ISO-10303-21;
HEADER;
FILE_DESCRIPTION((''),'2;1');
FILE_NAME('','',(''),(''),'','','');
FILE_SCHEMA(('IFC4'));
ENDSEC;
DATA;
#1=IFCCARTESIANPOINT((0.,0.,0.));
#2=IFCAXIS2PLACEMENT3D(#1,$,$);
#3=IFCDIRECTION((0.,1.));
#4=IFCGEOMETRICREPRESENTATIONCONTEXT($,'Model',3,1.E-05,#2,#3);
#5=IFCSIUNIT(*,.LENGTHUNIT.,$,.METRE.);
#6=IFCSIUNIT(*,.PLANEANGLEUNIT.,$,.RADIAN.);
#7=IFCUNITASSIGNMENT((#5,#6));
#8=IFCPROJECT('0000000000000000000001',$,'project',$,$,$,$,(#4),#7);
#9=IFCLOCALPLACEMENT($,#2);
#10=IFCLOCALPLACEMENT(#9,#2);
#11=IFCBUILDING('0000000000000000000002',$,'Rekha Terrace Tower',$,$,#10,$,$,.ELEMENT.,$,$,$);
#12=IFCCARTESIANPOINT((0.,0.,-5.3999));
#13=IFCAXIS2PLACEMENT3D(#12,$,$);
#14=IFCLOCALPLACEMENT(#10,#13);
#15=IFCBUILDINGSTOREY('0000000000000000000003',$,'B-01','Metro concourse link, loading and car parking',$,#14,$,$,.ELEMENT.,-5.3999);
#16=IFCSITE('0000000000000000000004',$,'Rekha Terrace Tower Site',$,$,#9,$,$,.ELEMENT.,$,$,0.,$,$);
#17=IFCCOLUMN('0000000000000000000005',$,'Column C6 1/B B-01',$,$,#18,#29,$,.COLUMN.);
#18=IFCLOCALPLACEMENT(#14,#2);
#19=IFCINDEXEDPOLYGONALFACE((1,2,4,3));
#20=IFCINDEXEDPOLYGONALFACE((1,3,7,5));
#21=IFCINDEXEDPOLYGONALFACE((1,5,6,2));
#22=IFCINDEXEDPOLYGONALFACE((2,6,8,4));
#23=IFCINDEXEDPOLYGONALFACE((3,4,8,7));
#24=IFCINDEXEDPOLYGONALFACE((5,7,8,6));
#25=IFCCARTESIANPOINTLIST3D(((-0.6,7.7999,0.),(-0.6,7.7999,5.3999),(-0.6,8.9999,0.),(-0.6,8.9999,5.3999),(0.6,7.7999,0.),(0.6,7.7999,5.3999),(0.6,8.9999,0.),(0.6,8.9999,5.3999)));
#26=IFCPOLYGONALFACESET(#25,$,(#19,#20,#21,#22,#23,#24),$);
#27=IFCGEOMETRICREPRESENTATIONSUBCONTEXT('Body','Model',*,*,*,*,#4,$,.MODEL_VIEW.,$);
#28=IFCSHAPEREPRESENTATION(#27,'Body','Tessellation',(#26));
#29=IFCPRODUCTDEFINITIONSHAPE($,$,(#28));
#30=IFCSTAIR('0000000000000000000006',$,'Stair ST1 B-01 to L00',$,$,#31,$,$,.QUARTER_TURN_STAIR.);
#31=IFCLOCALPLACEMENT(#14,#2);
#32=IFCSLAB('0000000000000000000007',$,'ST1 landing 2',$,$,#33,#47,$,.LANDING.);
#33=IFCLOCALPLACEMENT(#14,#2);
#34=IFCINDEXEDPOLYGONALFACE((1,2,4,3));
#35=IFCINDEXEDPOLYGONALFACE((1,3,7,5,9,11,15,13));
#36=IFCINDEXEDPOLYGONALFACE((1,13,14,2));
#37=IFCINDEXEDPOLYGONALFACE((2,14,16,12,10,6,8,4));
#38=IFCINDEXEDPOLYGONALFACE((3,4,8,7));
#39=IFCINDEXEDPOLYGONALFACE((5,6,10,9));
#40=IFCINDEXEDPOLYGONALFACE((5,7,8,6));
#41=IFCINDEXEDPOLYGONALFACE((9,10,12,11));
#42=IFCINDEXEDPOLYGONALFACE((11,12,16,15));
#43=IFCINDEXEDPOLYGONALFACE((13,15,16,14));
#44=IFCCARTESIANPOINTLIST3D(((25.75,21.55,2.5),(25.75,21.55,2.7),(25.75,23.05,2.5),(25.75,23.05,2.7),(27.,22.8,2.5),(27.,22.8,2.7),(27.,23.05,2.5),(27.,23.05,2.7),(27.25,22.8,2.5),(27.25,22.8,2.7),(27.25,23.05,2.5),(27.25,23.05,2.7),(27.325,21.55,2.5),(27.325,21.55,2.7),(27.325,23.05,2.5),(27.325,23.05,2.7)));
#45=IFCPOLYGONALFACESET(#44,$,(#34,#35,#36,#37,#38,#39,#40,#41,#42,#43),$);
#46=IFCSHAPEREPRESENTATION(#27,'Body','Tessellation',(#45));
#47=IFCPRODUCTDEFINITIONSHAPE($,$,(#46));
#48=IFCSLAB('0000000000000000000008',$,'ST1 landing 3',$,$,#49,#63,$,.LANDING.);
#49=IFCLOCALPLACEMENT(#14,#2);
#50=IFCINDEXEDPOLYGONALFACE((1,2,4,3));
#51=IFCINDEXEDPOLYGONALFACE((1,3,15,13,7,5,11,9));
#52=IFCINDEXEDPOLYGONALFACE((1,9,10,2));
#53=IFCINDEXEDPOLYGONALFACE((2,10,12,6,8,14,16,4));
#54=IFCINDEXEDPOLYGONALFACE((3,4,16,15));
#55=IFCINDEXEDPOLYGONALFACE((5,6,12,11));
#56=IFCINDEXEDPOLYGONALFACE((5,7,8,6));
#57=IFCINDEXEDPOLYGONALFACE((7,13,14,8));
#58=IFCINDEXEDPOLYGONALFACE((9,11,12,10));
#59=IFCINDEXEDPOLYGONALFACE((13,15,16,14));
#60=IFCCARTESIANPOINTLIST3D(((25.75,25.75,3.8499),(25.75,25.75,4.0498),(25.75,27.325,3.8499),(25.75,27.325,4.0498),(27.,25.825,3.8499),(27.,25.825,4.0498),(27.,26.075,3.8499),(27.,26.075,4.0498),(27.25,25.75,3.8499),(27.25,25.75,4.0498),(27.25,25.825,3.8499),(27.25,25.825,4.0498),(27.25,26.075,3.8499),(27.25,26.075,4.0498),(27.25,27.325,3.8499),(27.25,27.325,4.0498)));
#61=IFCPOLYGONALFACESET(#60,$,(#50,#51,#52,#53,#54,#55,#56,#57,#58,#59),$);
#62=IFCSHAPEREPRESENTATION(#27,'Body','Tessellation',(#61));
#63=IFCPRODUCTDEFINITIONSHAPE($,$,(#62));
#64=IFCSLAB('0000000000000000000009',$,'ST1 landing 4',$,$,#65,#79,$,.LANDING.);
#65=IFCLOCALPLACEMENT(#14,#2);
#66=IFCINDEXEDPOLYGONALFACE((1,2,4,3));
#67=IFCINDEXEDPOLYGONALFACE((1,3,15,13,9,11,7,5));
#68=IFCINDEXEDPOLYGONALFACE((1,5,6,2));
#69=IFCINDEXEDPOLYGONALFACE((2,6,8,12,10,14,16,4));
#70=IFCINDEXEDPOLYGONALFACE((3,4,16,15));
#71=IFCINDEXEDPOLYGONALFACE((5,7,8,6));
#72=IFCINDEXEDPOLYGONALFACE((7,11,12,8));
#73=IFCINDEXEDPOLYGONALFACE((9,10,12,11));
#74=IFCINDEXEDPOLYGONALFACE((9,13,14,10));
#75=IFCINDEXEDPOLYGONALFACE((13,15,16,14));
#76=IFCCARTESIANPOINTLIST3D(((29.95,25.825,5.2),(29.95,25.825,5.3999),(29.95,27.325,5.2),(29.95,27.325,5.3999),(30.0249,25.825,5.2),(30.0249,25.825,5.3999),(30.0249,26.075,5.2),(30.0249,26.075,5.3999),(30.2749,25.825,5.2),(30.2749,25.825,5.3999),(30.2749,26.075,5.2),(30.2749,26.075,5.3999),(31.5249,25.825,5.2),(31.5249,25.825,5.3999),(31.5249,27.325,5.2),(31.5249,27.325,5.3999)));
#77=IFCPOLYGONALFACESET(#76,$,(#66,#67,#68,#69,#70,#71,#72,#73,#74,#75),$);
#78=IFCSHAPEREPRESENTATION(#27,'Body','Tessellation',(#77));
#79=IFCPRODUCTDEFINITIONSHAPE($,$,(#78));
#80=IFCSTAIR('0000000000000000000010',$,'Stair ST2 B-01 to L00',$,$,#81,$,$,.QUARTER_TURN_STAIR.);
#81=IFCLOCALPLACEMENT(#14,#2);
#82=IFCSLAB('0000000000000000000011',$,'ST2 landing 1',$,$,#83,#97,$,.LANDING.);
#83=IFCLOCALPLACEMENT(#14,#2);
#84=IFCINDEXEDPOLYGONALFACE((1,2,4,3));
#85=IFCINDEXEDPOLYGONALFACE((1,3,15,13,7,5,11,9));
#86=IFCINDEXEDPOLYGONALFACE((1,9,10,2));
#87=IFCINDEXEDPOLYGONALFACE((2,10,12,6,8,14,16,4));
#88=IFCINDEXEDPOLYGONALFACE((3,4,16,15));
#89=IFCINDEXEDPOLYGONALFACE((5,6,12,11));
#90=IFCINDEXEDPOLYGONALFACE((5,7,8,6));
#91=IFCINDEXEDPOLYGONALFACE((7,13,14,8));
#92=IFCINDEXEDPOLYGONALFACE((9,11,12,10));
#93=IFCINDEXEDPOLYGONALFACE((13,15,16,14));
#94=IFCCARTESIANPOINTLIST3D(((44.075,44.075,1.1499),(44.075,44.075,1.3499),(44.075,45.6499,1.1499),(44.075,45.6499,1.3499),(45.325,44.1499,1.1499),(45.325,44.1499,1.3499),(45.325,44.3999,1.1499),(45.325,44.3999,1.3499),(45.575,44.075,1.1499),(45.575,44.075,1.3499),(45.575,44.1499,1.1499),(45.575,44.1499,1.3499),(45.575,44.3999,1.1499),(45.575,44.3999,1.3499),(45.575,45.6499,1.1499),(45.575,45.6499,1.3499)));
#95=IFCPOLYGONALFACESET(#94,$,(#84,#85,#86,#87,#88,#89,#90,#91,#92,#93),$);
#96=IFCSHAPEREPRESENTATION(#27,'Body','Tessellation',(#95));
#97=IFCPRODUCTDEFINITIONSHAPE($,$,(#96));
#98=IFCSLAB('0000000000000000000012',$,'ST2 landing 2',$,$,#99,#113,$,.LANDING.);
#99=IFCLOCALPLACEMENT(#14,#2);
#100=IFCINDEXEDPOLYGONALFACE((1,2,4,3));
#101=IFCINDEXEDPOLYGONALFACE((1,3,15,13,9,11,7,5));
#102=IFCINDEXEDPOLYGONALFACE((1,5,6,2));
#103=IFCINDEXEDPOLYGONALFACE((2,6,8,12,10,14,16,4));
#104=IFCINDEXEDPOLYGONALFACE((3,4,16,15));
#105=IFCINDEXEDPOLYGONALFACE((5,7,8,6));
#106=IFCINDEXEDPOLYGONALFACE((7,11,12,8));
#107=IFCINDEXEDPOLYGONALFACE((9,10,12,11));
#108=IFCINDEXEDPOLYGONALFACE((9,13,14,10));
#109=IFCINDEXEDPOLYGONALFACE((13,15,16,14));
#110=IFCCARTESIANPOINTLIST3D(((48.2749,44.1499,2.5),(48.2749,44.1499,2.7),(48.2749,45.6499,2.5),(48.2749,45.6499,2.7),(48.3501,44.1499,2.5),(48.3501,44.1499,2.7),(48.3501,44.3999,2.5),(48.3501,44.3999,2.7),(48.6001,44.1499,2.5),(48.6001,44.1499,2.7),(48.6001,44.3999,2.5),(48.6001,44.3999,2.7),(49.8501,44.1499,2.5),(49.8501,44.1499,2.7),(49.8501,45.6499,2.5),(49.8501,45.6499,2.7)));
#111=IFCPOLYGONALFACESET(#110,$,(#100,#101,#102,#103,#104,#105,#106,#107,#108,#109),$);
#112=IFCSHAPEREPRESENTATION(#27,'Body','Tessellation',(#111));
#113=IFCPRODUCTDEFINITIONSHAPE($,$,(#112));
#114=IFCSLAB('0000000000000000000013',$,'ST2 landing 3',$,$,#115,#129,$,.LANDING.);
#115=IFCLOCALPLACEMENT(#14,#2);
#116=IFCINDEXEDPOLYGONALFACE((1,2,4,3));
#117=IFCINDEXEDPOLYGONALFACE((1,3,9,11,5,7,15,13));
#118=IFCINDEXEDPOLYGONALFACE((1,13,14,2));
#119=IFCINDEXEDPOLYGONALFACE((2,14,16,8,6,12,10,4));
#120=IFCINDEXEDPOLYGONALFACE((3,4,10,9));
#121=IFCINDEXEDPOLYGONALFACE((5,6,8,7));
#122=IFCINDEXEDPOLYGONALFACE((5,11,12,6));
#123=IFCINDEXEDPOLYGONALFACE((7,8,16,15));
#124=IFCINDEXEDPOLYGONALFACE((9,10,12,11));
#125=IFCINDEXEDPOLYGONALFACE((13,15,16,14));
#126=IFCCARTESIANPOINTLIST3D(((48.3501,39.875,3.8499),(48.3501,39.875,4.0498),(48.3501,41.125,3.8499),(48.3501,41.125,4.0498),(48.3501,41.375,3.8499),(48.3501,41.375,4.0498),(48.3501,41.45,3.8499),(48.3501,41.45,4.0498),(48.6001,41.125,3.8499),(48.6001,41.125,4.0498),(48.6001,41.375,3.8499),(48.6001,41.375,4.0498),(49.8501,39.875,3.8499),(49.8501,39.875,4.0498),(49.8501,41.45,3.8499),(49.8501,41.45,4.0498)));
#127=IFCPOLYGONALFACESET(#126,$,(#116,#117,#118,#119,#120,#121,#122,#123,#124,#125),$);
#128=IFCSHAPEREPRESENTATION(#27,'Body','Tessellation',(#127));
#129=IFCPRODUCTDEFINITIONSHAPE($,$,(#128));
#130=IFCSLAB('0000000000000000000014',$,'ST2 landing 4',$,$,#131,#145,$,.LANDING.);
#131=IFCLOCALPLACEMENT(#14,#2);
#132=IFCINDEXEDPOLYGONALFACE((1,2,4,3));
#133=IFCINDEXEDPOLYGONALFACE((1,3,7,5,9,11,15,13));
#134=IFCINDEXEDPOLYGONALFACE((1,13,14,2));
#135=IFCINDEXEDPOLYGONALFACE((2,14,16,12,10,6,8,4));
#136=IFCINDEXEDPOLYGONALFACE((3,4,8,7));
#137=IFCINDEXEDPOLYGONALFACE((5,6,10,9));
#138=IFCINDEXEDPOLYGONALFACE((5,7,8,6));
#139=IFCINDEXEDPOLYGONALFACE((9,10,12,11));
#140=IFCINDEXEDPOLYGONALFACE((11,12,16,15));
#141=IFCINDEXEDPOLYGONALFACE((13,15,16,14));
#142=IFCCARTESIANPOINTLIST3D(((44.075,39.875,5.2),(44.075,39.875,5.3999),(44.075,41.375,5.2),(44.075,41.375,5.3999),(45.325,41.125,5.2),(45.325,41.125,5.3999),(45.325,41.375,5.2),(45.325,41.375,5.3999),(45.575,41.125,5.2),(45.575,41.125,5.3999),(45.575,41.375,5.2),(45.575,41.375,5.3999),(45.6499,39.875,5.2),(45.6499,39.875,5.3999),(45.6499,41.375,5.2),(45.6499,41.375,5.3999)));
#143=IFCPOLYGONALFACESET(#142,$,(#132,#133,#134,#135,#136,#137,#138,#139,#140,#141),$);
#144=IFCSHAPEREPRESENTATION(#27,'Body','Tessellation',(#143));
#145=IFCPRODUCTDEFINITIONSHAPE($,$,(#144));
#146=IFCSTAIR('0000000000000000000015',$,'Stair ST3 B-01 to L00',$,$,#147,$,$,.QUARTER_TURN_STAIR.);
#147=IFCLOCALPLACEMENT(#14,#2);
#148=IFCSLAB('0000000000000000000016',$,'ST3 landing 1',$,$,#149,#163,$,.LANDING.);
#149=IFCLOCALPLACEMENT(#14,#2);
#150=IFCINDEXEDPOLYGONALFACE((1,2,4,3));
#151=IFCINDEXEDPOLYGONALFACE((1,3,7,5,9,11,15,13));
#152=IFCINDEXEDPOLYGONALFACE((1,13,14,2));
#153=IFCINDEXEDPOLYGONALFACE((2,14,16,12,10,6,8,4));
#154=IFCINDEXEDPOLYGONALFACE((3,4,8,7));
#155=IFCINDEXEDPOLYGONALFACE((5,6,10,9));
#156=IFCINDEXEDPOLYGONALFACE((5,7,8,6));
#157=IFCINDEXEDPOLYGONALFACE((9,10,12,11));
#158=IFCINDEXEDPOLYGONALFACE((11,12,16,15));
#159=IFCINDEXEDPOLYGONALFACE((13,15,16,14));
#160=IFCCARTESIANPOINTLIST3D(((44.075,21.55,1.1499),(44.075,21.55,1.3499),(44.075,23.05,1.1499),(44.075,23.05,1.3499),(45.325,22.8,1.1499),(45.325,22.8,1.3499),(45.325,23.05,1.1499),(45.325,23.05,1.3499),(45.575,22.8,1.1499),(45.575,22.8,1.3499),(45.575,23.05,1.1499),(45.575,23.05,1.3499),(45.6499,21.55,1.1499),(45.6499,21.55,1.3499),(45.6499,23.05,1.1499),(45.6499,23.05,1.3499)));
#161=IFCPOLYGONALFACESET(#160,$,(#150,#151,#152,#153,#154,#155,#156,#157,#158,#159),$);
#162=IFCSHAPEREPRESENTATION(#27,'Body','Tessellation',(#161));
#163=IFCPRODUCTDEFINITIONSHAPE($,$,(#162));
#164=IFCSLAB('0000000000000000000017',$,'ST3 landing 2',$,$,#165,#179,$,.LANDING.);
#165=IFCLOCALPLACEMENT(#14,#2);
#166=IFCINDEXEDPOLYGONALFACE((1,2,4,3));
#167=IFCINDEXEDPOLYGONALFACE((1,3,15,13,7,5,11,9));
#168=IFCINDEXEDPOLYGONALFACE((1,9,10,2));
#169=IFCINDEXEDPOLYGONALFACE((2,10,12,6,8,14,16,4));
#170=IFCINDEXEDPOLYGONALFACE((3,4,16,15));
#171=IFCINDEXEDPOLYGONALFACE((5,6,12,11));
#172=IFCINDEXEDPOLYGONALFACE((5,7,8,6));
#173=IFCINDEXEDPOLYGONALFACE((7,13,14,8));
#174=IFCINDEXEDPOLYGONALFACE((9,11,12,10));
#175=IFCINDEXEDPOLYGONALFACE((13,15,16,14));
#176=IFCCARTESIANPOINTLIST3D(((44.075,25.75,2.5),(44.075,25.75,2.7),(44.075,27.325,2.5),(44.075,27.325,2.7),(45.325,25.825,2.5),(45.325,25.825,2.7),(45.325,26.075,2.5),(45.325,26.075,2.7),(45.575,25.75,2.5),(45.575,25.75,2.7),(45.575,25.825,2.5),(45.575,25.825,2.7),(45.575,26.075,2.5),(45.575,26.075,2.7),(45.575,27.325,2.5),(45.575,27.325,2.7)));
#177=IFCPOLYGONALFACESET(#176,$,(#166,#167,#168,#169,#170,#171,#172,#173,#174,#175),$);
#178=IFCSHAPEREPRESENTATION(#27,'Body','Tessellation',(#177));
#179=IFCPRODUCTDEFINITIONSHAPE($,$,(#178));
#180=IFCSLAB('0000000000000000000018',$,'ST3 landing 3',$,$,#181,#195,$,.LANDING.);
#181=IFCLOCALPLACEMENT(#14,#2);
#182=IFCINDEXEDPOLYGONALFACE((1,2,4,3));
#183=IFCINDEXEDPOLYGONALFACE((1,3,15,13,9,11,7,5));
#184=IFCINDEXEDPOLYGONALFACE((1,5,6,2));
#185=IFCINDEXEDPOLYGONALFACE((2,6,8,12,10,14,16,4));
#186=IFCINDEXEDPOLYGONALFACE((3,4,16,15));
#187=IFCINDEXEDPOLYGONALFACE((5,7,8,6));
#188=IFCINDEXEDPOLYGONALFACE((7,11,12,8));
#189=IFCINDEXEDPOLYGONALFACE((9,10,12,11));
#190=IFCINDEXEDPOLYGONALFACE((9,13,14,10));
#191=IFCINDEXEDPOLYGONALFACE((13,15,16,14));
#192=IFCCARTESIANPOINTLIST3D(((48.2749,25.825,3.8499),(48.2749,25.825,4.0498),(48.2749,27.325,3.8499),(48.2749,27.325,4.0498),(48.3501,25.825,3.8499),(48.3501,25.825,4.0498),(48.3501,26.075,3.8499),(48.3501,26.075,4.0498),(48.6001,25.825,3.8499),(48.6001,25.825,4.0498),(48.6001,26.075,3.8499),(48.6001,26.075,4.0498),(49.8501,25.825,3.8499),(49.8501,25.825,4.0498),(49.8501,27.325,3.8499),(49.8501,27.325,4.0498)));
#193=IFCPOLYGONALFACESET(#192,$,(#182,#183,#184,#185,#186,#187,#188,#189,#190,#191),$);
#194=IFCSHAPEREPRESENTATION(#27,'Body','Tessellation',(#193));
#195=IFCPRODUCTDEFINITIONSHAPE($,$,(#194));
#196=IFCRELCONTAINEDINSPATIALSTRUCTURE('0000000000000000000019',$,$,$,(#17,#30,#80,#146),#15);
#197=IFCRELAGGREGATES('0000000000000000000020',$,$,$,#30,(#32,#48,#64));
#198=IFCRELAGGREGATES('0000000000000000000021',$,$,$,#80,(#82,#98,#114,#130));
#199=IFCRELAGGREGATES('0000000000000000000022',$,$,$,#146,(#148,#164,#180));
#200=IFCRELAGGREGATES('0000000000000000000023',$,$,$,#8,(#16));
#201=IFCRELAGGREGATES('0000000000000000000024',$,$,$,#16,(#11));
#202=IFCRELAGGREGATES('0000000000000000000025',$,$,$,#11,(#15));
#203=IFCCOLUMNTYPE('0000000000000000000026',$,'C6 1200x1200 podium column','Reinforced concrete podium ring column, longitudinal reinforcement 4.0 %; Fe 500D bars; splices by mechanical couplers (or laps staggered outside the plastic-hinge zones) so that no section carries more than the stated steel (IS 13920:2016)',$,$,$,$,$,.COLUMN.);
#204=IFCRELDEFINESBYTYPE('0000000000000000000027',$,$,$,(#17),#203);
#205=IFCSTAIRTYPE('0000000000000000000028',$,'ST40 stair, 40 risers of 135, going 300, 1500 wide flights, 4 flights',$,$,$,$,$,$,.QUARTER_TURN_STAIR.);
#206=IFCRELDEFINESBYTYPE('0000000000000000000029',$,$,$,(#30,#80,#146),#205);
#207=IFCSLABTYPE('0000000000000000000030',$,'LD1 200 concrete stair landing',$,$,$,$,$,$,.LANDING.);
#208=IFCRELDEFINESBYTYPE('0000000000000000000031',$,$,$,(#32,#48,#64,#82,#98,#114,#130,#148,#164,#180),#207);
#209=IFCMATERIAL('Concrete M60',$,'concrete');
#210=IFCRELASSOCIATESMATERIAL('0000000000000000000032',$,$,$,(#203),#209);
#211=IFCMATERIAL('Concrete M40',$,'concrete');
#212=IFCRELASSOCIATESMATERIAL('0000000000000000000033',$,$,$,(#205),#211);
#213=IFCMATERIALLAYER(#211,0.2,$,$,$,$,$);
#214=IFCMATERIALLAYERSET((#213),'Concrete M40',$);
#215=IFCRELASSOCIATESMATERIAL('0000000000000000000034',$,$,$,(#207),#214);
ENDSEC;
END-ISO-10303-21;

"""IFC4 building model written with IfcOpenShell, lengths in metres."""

from ifc_helpers import new_model, si_unit, direction, frame, origin, origin_2d, place, context, subcontext, project, spatial, polyline, rectangle, outline, extrude, material, layer, layer_set, material_profile, profile_set, type_object, element, aggregate, save


model = new_model("IFC4")

# Units and contexts
model_context = context("Model", 3, precision=1e-05, world=origin(), true_north=direction((0.0, 1.0)))
body_context = subcontext(model_context, "Body", "Model", "MODEL_VIEW")
ifc_project = project(units=[si_unit("LENGTHUNIT", "METRE"), si_unit("PLANEANGLEUNIT", "RADIAN")], contexts=[model_context])

# Site, building, storey
site_placement = place(None, origin())
site = spatial("IfcSite", under=ifc_project, at=site_placement, Name="Rekha Terrace Tower Site", CompositionType="ELEMENT", RefElevation=0.0)
building_placement = place(site_placement, origin())
building = spatial("IfcBuilding", under=site, at=building_placement, Name="Rekha Terrace Tower", CompositionType="ELEMENT")
storey_placement = place(building_placement, frame((0.0, 0.0, -5.3999)))
storey = spatial("IfcBuildingStorey", under=building, at=storey_placement, Name="B-01", Description="Metro concourse link, loading and car parking", CompositionType="ELEMENT", Elevation=-5.3999)

# Column
ifc_material_1 = material(Name="Concrete M60", Category="concrete")
ifc_material_profile = material_profile(ifc_material_1, rectangle(XDim=1.2, YDim=1.2, at=origin_2d()), Name="RC 1200x1200")
ifc_profile_set = profile_set([ifc_material_profile], Name="Concrete M60")
column_type = type_object("IfcColumnType", Name="C6 1200x1200 podium column", Description="Reinforced concrete podium ring column, longitudinal reinforcement 4.0 %; Fe 500D bars; splices by mechanical couplers (or laps staggered outside the plastic-hinge zones) so that no section carries more than the stated steel (IS 13920:2016)", PredefinedType="COLUMN", material=ifc_profile_set)
column_placement = place(storey_placement, frame((0.0, 8.3999, 0.0), z_axis=(0.0, 0.0, 1.0), x_axis=(1.0, 0.0, 0.0)))
element("IfcColumn", 1, at=column_placement, inside=storey, type_object=column_type, Name="Column C6 1/B B-01", PredefinedType="COLUMN", context=body_context, shape_type="SweptSolid", body=[
    extrude(rectangle(XDim=1.2, YDim=1.2, at=origin_2d()), origin(), (0.0, 0.0, 1.0), 5.3999),
])

# Stairs, slabs
ifc_material_2 = material(Name="Concrete M40", Category="concrete")
stair_type = type_object("IfcStairType", Name="ST40 stair, 40 risers of 135, going 300, 1500 wide flights, 4 flights", PredefinedType="QUARTER_TURN_STAIR", material=ifc_material_2)
stair_1_placement = place(storey_placement, origin())
stair_1 = element("IfcStair", 2, at=stair_1_placement, inside=storey, type_object=stair_type, Name="Stair ST1 B-01 to L00", PredefinedType="QUARTER_TURN_STAIR")
ifc_layer_1 = layer(ifc_material_2, 0.2)
ifc_layer_set_1 = layer_set([ifc_layer_1], Name="Concrete M40")
slab_type = type_object("IfcSlabType", Name="LD1 200 concrete stair landing", PredefinedType="LANDING", material=ifc_layer_set_1)
slab_1_placement = place(storey_placement, frame((0.0, 0.0, 2.5)))
slab_1 = element("IfcSlab", 3, at=slab_1_placement, type_object=slab_type, Name="ST1 landing 2", PredefinedType="LANDING", context=body_context, shape_type="SweptSolid", body=[
    extrude(outline(polyline([(25.75, 23.05), (25.75, 21.55), (27.325, 21.55), (27.325, 23.05), (27.25, 23.05), (27.25, 22.8), (27.0, 22.8), (27.0, 23.05), (25.75, 23.05)])), origin(), (0.0, 0.0, 1.0), 0.2),
])
slab_2_placement = place(storey_placement, frame((0.0, 0.0, 3.8499)))
slab_2 = element("IfcSlab", 4, at=slab_2_placement, type_object=slab_type, Name="ST1 landing 3", PredefinedType="LANDING", context=body_context, shape_type="SweptSolid", body=[
    extrude(outline(polyline([(27.25, 27.325), (25.75, 27.325), (25.75, 25.75), (27.25, 25.75), (27.25, 25.825), (27.0, 25.825), (27.0, 26.075), (27.25, 26.075), (27.25, 27.325)])), origin(), (0.0, 0.0, 1.0), 0.2),
])
slab_3_placement = place(storey_placement, frame((0.0, 0.0, 5.2)))
slab_3 = element("IfcSlab", 5, at=slab_3_placement, type_object=slab_type, Name="ST1 landing 4", PredefinedType="LANDING", context=body_context, shape_type="SweptSolid", body=[
    extrude(outline(polyline([(31.5249, 25.825), (31.5249, 27.325), (29.95, 27.325), (29.95, 25.825), (30.0249, 25.825), (30.0249, 26.075), (30.2749, 26.075), (30.2749, 25.825), (31.5249, 25.825)])), origin(), (0.0, 0.0, 1.0), 0.2),
])
aggregate(stair_1, [slab_1, slab_2, slab_3])
stair_2_placement = place(storey_placement, origin())
stair_2 = element("IfcStair", 6, at=stair_2_placement, inside=storey, type_object=stair_type, Name="Stair ST2 B-01 to L00", PredefinedType="QUARTER_TURN_STAIR")
slab_4_placement = place(storey_placement, frame((0.0, 0.0, 1.1499)))
slab_4 = element("IfcSlab", 7, at=slab_4_placement, type_object=slab_type, Name="ST2 landing 1", PredefinedType="LANDING", context=body_context, shape_type="SweptSolid", body=[
    extrude(outline(polyline([(45.575, 45.6499), (44.075, 45.6499), (44.075, 44.075), (45.575, 44.075), (45.575, 44.1499), (45.325, 44.1499), (45.325, 44.3999), (45.575, 44.3999), (45.575, 45.6499)])), origin(), (0.0, 0.0, 1.0), 0.2),
])
slab_5_placement = place(storey_placement, frame((0.0, 0.0, 2.5)))
slab_5 = element("IfcSlab", 8, at=slab_5_placement, type_object=slab_type, Name="ST2 landing 2", PredefinedType="LANDING", context=body_context, shape_type="SweptSolid", body=[
    extrude(outline(polyline([(49.8501, 44.1499), (49.8501, 45.6499), (48.2749, 45.6499), (48.2749, 44.1499), (48.3501, 44.1499), (48.3501, 44.3999), (48.6001, 44.3999), (48.6001, 44.1499), (49.8501, 44.1499)])), origin(), (0.0, 0.0, 1.0), 0.2),
])
slab_6_placement = place(storey_placement, frame((0.0, 0.0, 3.8499)))
slab_6 = element("IfcSlab", 9, at=slab_6_placement, type_object=slab_type, Name="ST2 landing 3", PredefinedType="LANDING", context=body_context, shape_type="SweptSolid", body=[
    extrude(outline(polyline([(48.3501, 39.875), (49.8501, 39.875), (49.8501, 41.45), (48.3501, 41.45), (48.3501, 41.375), (48.6001, 41.375), (48.6001, 41.125), (48.3501, 41.125), (48.3501, 39.875)])), origin(), (0.0, 0.0, 1.0), 0.2),
])
slab_7_placement = place(storey_placement, frame((0.0, 0.0, 5.2)))
slab_7 = element("IfcSlab", 10, at=slab_7_placement, type_object=slab_type, Name="ST2 landing 4", PredefinedType="LANDING", context=body_context, shape_type="SweptSolid", body=[
    extrude(outline(polyline([(44.075, 41.375), (44.075, 39.875), (45.6499, 39.875), (45.6499, 41.375), (45.575, 41.375), (45.575, 41.125), (45.325, 41.125), (45.325, 41.375), (44.075, 41.375)])), origin(), (0.0, 0.0, 1.0), 0.2),
])
aggregate(stair_2, [slab_4, slab_5, slab_6, slab_7])
stair_3_placement = place(storey_placement, origin())
stair_3 = element("IfcStair", 11, at=stair_3_placement, inside=storey, type_object=stair_type, Name="Stair ST3 B-01 to L00", PredefinedType="QUARTER_TURN_STAIR")
slab_8_placement = place(storey_placement, frame((0.0, 0.0, 1.1499)))
slab_8 = element("IfcSlab", 12, at=slab_8_placement, type_object=slab_type, Name="ST3 landing 1", PredefinedType="LANDING", context=body_context, shape_type="SweptSolid", body=[
    extrude(outline(polyline([(44.075, 23.05), (44.075, 21.55), (45.6499, 21.55), (45.6499, 23.05), (45.575, 23.05), (45.575, 22.8), (45.325, 22.8), (45.325, 23.05), (44.075, 23.05)])), origin(), (0.0, 0.0, 1.0), 0.2),
])
slab_9_placement = place(storey_placement, frame((0.0, 0.0, 2.5)))
slab_9 = element("IfcSlab", 13, at=slab_9_placement, type_object=slab_type, Name="ST3 landing 2", PredefinedType="LANDING", context=body_context, shape_type="SweptSolid", body=[
    extrude(outline(polyline([(45.575, 27.325), (44.075, 27.325), (44.075, 25.75), (45.575, 25.75), (45.575, 25.825), (45.325, 25.825), (45.325, 26.075), (45.575, 26.075), (45.575, 27.325)])), origin(), (0.0, 0.0, 1.0), 0.2),
])
slab_10_placement = place(storey_placement, frame((0.0, 0.0, 3.8499)))
slab_10 = element("IfcSlab", 14, at=slab_10_placement, type_object=slab_type, Name="ST3 landing 3", PredefinedType="LANDING", context=body_context, shape_type="SweptSolid", body=[
    extrude(outline(polyline([(49.8501, 25.825), (49.8501, 27.325), (48.2749, 27.325), (48.2749, 25.825), (48.3501, 25.825), (48.3501, 26.075), (48.6001, 26.075), (48.6001, 25.825), (49.8501, 25.825)])), origin(), (0.0, 0.0, 1.0), 0.2),
])
aggregate(stair_3, [slab_8, slab_9, slab_10])

save(model, "model.ifc")
